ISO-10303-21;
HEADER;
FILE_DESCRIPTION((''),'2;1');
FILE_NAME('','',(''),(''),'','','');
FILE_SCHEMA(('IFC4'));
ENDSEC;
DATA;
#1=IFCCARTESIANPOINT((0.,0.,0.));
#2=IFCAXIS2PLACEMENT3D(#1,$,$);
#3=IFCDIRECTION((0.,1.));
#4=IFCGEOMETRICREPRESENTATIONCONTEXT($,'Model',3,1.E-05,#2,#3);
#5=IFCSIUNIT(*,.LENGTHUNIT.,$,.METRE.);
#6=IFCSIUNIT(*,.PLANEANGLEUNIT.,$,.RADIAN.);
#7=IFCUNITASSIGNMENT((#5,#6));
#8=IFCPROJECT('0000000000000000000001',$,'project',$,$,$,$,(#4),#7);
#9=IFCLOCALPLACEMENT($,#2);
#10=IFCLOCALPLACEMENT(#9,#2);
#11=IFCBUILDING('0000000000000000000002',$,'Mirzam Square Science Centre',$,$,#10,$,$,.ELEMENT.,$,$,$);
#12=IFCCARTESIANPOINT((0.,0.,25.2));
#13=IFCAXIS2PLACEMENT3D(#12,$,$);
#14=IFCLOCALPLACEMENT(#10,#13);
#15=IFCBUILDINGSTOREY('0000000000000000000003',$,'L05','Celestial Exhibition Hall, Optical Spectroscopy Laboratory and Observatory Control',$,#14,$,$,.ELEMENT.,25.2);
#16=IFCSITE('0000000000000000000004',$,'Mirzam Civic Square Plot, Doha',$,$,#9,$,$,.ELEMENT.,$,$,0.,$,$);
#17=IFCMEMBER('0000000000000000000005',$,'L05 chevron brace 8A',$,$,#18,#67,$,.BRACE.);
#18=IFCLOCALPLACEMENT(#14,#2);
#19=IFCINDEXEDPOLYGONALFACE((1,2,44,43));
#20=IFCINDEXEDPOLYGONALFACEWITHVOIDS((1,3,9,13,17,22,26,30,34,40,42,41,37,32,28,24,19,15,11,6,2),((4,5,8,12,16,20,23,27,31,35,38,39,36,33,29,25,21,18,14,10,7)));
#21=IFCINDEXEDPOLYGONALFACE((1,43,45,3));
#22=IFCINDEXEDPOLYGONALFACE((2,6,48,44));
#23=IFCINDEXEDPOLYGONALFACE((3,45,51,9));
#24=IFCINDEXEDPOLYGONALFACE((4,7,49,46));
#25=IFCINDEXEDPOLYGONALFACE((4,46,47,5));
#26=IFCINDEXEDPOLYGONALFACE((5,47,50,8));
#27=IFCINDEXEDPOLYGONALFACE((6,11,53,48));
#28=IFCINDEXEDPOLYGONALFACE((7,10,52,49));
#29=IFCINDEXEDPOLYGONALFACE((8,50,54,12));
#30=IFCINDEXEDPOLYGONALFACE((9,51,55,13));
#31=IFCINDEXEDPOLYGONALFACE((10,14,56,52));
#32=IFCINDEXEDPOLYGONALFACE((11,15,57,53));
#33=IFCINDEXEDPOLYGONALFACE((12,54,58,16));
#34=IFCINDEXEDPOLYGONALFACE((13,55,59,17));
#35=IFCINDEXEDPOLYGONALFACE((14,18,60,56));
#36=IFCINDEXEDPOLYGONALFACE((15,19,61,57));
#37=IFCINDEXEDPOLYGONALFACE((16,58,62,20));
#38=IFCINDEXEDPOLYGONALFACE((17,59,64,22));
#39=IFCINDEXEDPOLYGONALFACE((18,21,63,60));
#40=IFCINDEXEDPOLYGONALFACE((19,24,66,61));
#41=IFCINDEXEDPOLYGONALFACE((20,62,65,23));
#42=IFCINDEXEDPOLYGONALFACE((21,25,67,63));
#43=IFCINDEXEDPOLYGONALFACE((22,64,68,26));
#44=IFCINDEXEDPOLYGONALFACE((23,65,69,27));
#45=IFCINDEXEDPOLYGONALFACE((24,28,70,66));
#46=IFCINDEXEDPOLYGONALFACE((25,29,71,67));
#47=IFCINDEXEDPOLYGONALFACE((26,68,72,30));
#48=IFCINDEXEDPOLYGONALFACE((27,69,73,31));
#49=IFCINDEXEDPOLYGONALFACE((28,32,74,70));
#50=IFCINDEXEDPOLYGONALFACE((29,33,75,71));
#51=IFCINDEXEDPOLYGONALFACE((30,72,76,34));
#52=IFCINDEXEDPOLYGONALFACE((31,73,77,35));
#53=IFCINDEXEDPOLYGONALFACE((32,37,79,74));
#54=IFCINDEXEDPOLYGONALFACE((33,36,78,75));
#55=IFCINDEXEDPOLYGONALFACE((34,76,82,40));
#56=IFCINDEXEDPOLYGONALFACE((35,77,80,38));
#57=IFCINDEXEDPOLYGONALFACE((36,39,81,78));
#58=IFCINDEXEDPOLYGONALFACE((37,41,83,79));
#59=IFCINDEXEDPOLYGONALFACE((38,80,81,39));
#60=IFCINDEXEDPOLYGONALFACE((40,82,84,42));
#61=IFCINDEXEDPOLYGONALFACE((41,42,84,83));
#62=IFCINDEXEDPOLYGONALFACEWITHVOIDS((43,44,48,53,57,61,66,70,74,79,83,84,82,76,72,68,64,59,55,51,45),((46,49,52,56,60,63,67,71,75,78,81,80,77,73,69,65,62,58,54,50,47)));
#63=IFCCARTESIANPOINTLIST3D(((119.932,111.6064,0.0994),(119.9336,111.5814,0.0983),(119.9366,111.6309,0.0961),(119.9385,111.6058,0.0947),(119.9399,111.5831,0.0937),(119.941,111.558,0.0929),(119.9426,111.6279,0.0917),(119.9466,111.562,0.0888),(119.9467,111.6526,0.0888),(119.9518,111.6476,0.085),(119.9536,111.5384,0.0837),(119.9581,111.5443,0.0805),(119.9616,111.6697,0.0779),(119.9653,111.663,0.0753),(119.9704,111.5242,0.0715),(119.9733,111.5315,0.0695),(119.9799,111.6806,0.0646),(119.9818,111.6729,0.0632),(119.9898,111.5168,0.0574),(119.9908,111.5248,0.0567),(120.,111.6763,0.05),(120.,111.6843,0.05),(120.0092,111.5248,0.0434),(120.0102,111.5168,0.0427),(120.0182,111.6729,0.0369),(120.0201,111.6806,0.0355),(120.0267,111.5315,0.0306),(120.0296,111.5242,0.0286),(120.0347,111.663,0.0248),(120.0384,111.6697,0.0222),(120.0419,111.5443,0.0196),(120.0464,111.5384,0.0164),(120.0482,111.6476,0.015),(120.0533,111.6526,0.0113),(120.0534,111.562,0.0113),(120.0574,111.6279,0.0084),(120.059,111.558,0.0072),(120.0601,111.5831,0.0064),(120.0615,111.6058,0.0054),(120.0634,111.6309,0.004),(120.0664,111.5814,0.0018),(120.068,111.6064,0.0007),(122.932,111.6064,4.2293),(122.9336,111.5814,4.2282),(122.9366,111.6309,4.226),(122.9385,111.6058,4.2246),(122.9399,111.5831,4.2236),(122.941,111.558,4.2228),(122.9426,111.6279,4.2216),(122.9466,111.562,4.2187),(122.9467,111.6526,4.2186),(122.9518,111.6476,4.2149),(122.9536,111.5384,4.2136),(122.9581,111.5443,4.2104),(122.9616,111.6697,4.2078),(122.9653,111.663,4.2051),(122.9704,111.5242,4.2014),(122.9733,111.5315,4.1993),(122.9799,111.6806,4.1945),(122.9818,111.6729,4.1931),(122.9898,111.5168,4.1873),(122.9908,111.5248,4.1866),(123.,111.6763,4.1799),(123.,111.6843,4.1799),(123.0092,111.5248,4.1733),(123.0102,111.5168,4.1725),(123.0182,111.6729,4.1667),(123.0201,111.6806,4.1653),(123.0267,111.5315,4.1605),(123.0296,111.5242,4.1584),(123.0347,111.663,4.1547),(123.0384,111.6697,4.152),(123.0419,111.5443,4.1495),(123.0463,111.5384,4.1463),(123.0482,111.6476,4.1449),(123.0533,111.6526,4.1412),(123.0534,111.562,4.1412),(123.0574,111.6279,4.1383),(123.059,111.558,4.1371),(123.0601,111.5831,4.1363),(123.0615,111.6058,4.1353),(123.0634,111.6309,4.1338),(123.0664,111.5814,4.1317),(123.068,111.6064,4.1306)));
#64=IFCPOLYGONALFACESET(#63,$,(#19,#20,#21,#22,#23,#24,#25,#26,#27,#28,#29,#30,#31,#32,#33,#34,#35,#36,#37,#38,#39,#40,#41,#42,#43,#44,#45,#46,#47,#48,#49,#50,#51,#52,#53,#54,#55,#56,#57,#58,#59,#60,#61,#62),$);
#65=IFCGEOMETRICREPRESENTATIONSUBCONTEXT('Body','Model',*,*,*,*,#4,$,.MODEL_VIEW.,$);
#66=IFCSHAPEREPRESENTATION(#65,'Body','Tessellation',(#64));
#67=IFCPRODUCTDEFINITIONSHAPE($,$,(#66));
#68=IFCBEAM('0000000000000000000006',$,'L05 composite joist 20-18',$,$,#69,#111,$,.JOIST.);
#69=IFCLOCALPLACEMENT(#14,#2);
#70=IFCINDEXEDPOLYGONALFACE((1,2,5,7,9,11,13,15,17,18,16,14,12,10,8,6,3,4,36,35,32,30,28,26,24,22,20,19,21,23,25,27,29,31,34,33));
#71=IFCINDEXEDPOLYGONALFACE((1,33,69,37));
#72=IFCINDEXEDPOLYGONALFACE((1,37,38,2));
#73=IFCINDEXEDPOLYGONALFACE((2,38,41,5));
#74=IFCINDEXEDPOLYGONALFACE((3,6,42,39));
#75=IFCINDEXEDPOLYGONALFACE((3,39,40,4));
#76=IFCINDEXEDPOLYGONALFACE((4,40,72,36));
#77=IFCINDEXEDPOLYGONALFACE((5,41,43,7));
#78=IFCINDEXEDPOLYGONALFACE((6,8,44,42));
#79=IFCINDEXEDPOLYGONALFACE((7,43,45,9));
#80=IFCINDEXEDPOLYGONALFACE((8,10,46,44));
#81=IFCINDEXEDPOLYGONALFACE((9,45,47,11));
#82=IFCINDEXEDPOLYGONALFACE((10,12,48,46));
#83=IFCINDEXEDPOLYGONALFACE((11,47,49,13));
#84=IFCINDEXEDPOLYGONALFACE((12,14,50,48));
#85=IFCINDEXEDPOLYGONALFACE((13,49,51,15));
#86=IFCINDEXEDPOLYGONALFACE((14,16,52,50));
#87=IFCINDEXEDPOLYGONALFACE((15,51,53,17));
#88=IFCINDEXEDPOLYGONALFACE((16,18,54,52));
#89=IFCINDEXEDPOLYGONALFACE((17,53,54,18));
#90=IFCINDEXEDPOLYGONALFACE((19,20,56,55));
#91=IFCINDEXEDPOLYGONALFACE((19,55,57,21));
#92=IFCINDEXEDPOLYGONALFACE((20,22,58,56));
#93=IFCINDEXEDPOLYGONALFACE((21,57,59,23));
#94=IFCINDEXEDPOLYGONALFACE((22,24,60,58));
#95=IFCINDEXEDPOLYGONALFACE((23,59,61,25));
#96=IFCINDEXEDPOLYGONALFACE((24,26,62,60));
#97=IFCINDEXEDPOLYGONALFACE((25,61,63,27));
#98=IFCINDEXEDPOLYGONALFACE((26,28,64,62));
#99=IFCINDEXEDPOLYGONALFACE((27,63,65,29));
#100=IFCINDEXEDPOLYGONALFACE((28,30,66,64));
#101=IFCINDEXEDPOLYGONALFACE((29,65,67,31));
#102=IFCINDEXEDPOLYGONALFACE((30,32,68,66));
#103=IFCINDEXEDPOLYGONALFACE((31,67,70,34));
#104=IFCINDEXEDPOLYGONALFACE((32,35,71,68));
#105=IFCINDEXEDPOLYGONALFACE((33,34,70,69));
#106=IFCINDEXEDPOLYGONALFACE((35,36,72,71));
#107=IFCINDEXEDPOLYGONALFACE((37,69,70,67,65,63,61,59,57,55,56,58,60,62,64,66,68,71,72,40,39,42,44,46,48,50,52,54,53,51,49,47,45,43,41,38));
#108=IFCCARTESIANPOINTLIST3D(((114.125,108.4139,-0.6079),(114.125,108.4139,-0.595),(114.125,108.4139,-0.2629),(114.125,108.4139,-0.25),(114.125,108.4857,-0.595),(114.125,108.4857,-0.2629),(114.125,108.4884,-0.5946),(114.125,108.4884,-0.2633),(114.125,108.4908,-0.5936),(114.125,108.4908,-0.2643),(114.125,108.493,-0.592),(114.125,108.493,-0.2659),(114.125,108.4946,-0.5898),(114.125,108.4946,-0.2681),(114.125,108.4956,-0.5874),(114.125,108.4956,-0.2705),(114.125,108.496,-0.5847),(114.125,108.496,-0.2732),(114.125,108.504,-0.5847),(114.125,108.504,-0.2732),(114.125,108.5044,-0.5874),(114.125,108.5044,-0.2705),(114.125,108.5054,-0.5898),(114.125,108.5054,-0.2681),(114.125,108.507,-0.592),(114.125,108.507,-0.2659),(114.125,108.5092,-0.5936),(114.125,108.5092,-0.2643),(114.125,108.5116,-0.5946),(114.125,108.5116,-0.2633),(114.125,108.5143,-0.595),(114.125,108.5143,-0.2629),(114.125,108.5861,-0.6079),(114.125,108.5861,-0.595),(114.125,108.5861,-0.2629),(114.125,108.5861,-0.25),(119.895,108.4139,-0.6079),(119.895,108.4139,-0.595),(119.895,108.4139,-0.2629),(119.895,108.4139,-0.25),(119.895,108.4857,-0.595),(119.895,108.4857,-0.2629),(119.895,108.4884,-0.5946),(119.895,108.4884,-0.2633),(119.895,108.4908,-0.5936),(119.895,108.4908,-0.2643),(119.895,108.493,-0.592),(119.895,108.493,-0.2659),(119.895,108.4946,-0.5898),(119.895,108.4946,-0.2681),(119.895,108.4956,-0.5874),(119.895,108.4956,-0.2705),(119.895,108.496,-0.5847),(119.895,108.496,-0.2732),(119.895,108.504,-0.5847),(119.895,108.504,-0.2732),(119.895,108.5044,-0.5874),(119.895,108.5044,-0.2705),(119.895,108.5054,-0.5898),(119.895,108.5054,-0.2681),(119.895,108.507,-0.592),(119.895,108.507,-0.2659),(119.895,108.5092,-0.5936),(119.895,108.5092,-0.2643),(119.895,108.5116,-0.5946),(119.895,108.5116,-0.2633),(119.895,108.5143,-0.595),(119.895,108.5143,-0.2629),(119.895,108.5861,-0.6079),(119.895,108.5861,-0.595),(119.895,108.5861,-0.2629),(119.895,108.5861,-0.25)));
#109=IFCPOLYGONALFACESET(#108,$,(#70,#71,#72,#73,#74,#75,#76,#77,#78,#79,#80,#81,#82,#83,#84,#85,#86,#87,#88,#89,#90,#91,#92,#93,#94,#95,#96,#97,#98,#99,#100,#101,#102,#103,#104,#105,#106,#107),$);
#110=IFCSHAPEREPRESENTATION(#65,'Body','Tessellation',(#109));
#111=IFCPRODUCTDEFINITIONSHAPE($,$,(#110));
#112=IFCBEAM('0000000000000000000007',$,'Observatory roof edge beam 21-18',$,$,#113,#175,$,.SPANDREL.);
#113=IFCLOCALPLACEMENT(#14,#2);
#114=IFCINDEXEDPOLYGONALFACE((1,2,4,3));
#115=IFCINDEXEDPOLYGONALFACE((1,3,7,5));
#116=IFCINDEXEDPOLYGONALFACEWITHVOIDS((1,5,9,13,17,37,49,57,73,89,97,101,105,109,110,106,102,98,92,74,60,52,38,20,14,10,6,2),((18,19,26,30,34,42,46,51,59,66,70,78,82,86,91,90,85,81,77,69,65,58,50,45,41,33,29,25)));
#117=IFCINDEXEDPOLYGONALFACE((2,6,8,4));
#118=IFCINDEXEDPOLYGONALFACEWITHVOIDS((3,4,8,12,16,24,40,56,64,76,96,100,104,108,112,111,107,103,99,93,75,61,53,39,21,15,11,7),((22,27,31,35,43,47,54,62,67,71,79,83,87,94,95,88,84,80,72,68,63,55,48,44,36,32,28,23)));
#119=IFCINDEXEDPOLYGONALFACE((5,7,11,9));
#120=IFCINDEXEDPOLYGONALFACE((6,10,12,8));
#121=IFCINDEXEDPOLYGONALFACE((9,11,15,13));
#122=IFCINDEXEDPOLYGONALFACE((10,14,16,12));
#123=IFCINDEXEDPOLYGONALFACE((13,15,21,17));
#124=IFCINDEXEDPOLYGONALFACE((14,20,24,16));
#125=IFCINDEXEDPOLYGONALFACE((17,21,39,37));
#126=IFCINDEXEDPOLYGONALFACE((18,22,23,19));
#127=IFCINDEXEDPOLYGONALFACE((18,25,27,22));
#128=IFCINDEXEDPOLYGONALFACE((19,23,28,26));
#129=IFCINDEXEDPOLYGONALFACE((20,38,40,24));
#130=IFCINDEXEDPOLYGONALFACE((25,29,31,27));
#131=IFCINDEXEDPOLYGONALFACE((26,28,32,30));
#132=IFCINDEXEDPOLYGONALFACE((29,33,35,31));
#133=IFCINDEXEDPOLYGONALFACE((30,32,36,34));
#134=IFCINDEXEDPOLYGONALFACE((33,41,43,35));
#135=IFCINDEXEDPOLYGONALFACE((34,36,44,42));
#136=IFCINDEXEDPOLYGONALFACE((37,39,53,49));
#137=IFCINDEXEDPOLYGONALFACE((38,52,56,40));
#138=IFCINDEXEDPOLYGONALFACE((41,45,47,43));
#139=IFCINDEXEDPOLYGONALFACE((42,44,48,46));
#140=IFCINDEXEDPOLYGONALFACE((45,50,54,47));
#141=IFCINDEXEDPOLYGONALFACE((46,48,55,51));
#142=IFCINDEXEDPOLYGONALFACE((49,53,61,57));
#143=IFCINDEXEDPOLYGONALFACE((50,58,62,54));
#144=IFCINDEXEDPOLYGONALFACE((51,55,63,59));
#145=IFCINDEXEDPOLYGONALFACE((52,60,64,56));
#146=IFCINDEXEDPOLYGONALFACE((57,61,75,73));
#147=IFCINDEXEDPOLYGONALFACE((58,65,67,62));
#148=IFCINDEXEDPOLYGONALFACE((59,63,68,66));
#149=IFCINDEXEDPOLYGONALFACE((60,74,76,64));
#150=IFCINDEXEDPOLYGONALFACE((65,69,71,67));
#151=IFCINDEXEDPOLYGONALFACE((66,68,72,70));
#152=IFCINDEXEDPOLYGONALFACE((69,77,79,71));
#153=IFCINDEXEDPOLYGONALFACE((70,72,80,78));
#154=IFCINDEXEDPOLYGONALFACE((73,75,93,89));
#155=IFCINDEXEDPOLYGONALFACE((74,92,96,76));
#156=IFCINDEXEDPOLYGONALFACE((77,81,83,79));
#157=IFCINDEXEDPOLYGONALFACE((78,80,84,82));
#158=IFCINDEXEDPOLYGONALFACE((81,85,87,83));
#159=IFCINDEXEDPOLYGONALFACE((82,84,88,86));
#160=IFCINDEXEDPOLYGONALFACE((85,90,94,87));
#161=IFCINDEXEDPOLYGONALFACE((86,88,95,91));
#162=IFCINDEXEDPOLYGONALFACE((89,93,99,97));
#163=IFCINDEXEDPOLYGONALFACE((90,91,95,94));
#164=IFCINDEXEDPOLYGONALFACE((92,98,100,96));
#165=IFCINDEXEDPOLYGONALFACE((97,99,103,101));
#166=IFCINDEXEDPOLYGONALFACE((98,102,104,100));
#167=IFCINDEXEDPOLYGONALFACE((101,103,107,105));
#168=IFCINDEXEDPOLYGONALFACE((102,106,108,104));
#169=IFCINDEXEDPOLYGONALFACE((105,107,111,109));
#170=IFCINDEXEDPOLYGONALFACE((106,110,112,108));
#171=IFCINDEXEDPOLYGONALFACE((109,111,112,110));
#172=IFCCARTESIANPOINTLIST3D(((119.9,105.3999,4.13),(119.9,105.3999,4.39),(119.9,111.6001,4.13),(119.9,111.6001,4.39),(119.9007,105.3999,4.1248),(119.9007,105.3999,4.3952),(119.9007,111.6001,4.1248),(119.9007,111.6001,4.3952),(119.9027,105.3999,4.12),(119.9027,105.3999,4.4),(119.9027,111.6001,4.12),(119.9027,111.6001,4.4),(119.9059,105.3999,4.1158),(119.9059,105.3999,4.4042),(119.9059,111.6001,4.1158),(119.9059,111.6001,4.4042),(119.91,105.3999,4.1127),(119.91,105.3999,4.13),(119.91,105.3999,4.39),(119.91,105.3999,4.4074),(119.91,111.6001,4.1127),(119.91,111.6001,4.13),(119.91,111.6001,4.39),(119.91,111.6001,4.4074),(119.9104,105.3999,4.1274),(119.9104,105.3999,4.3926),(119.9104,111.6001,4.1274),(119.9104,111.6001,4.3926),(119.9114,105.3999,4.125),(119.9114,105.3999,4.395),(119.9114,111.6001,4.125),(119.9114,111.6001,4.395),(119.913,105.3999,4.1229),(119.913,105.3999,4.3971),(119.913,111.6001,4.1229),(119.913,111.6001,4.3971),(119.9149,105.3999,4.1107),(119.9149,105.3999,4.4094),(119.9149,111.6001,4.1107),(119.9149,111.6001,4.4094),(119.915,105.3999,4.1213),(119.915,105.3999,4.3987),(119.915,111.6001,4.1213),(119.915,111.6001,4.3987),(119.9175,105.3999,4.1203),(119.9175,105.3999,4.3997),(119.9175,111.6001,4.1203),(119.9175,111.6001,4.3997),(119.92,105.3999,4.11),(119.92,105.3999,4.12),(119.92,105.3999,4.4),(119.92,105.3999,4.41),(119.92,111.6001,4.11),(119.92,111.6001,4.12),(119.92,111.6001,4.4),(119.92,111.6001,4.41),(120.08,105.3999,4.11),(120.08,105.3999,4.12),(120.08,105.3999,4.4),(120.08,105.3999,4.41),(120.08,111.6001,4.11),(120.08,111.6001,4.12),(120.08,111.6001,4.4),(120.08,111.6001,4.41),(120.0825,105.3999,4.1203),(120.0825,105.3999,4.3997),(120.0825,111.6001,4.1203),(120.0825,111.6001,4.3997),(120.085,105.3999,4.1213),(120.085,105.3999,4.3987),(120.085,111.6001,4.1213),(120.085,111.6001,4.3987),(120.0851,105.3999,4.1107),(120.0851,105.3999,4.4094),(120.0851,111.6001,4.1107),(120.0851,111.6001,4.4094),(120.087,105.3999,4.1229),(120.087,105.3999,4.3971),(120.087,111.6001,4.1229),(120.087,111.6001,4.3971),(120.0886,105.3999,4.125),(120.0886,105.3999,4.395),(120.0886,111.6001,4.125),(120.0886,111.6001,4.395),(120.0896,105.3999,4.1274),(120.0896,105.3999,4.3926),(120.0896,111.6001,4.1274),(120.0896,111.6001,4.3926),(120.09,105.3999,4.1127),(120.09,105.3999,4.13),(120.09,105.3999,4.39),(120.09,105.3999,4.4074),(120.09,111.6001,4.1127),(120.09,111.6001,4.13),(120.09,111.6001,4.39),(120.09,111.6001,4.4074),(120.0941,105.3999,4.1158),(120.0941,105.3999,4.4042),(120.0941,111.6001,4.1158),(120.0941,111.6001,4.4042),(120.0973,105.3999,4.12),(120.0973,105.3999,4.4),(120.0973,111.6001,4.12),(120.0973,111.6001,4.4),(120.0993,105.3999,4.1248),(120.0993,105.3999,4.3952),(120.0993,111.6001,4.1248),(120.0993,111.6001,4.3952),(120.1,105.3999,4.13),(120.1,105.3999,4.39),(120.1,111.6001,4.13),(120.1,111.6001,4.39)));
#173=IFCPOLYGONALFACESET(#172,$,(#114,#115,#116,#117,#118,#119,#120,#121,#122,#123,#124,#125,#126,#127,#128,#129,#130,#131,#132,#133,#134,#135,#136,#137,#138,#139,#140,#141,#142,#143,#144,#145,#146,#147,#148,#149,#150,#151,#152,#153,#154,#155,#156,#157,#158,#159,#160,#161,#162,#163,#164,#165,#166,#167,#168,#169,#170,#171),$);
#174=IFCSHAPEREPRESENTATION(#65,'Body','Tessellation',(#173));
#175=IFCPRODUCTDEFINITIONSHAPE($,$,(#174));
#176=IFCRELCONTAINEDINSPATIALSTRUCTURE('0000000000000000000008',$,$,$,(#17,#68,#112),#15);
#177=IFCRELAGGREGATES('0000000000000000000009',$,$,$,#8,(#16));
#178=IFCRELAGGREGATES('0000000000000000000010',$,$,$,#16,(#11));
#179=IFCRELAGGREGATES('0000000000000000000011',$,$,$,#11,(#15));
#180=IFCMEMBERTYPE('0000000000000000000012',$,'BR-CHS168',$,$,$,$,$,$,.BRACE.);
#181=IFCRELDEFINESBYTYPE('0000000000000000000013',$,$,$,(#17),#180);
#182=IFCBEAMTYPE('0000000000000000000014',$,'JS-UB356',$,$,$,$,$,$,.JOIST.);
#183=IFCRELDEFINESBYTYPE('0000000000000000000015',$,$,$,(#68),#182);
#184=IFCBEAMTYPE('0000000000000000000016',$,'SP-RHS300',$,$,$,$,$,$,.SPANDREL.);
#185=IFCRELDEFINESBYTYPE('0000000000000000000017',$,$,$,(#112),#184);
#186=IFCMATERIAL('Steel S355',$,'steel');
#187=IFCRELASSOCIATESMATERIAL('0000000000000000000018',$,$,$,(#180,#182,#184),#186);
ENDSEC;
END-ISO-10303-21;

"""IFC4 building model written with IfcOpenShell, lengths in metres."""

from ifc_helpers import new_model, si_unit, direction, frame, origin, origin_2d, place, context, subcontext, project, spatial, hollow_rectangle, hollow_circle, i_section, extrude, material, material_profile, profile_set, type_object, element, save


model = new_model("IFC4")

# Units and contexts
model_context = context("Model", 3, precision=1e-05, world=origin(), true_north=direction((0.0, 1.0)))
body_context = subcontext(model_context, "Body", "Model", "MODEL_VIEW")
ifc_project = project(units=[si_unit("LENGTHUNIT", "METRE"), si_unit("PLANEANGLEUNIT", "RADIAN")], contexts=[model_context])

# Site, building, storey
site_placement = place(None, origin())
site = spatial("IfcSite", under=ifc_project, at=site_placement, Name="Mirzam Civic Square Plot, Doha", CompositionType="ELEMENT", RefElevation=0.0)
building_placement = place(site_placement, origin())
building = spatial("IfcBuilding", under=site, at=building_placement, Name="Mirzam Square Science Centre", CompositionType="ELEMENT")
storey_placement = place(building_placement, frame((0.0, 0.0, 25.2)))
storey = spatial("IfcBuildingStorey", under=building, at=storey_placement, Name="L05", Description="Celestial Exhibition Hall, Optical Spectroscopy Laboratory and Observatory Control", CompositionType="ELEMENT", Elevation=25.2)

# Shared definitions
ifc_material_1 = material(Name="Steel S355", Category="steel")

# Member
ifc_material_profile_1 = material_profile(ifc_material_1, hollow_circle(Radius=0.0842, WallThickness=0.0081, at=origin_2d()), Name="168.3x8.0CHS")
ifc_profile_set_1 = profile_set([ifc_material_profile_1], Name="Steel S355")
member_type = type_object("IfcMemberType", Name="BR-CHS168", PredefinedType="BRACE", material=ifc_profile_set_1)
member_placement = place(storey_placement, frame((120.0, 111.6001, 0.05), z_axis=(0.587717, 0.0, 0.809067), x_axis=(0.0, 1.0, 0.0)))
element("IfcMember", 1, at=member_placement, inside=storey, type_object=member_type, Name="L05 chevron brace 8A", PredefinedType="BRACE", context=body_context, shape_type="SweptSolid", body=[
    extrude(hollow_circle(Radius=0.0842, WallThickness=0.0081, at=origin_2d()), origin(), (0.0, 0.0, 1.0), 5.1045),
])

# Beams
ifc_material_profile_2 = material_profile(ifc_material_1, i_section(OverallWidth=0.1721, OverallDepth=0.3579, WebThickness=0.0081, FlangeThickness=0.0129, FilletRadius=0.0103, at=origin_2d()), Name="356x171x57UB")
ifc_profile_set_2 = profile_set([ifc_material_profile_2], Name="Steel S355")
beam_type_1 = type_object("IfcBeamType", Name="JS-UB356", PredefinedType="JOIST", material=ifc_profile_set_2)
beam_1_placement = place(storey_placement, frame((114.125, 108.5, -0.429), z_axis=(1.0, 0.0, 0.0), x_axis=(0.0, 1.0, 0.0)))
element("IfcBeam", 2, at=beam_1_placement, inside=storey, type_object=beam_type_1, Name="L05 composite joist 20-18", PredefinedType="JOIST", context=body_context, shape_type="SweptSolid", body=[
    extrude(i_section(OverallWidth=0.1721, OverallDepth=0.3579, WebThickness=0.0081, FlangeThickness=0.0129, FilletRadius=0.0103, at=origin_2d()), origin(), (0.0, 0.0, 1.0), 5.77),
])
ifc_material_profile_3 = material_profile(ifc_material_1, hollow_rectangle(XDim=0.2, YDim=0.3, WallThickness=0.01, InnerFilletRadius=0.01, OuterFilletRadius=0.02, at=origin_2d()), Name="300x200x10.0RHS")
ifc_profile_set_3 = profile_set([ifc_material_profile_3], Name="Steel S355")
beam_type_2 = type_object("IfcBeamType", Name="SP-RHS300", PredefinedType="SPANDREL", material=ifc_profile_set_3)
beam_2_placement = place(storey_placement, frame((120.0, 105.3999, 4.26), z_axis=(0.0, 1.0, 0.0), x_axis=(-1.0, 0.0, 0.0)))
element("IfcBeam", 3, at=beam_2_placement, inside=storey, type_object=beam_type_2, Name="Observatory roof edge beam 21-18", PredefinedType="SPANDREL", context=body_context, shape_type="SweptSolid", body=[
    extrude(hollow_rectangle(XDim=0.2, YDim=0.3, WallThickness=0.01, InnerFilletRadius=0.01, OuterFilletRadius=0.02, at=origin_2d()), origin(), (0.0, 0.0, 1.0), 6.2002),
])

save(model, "model.ifc")
